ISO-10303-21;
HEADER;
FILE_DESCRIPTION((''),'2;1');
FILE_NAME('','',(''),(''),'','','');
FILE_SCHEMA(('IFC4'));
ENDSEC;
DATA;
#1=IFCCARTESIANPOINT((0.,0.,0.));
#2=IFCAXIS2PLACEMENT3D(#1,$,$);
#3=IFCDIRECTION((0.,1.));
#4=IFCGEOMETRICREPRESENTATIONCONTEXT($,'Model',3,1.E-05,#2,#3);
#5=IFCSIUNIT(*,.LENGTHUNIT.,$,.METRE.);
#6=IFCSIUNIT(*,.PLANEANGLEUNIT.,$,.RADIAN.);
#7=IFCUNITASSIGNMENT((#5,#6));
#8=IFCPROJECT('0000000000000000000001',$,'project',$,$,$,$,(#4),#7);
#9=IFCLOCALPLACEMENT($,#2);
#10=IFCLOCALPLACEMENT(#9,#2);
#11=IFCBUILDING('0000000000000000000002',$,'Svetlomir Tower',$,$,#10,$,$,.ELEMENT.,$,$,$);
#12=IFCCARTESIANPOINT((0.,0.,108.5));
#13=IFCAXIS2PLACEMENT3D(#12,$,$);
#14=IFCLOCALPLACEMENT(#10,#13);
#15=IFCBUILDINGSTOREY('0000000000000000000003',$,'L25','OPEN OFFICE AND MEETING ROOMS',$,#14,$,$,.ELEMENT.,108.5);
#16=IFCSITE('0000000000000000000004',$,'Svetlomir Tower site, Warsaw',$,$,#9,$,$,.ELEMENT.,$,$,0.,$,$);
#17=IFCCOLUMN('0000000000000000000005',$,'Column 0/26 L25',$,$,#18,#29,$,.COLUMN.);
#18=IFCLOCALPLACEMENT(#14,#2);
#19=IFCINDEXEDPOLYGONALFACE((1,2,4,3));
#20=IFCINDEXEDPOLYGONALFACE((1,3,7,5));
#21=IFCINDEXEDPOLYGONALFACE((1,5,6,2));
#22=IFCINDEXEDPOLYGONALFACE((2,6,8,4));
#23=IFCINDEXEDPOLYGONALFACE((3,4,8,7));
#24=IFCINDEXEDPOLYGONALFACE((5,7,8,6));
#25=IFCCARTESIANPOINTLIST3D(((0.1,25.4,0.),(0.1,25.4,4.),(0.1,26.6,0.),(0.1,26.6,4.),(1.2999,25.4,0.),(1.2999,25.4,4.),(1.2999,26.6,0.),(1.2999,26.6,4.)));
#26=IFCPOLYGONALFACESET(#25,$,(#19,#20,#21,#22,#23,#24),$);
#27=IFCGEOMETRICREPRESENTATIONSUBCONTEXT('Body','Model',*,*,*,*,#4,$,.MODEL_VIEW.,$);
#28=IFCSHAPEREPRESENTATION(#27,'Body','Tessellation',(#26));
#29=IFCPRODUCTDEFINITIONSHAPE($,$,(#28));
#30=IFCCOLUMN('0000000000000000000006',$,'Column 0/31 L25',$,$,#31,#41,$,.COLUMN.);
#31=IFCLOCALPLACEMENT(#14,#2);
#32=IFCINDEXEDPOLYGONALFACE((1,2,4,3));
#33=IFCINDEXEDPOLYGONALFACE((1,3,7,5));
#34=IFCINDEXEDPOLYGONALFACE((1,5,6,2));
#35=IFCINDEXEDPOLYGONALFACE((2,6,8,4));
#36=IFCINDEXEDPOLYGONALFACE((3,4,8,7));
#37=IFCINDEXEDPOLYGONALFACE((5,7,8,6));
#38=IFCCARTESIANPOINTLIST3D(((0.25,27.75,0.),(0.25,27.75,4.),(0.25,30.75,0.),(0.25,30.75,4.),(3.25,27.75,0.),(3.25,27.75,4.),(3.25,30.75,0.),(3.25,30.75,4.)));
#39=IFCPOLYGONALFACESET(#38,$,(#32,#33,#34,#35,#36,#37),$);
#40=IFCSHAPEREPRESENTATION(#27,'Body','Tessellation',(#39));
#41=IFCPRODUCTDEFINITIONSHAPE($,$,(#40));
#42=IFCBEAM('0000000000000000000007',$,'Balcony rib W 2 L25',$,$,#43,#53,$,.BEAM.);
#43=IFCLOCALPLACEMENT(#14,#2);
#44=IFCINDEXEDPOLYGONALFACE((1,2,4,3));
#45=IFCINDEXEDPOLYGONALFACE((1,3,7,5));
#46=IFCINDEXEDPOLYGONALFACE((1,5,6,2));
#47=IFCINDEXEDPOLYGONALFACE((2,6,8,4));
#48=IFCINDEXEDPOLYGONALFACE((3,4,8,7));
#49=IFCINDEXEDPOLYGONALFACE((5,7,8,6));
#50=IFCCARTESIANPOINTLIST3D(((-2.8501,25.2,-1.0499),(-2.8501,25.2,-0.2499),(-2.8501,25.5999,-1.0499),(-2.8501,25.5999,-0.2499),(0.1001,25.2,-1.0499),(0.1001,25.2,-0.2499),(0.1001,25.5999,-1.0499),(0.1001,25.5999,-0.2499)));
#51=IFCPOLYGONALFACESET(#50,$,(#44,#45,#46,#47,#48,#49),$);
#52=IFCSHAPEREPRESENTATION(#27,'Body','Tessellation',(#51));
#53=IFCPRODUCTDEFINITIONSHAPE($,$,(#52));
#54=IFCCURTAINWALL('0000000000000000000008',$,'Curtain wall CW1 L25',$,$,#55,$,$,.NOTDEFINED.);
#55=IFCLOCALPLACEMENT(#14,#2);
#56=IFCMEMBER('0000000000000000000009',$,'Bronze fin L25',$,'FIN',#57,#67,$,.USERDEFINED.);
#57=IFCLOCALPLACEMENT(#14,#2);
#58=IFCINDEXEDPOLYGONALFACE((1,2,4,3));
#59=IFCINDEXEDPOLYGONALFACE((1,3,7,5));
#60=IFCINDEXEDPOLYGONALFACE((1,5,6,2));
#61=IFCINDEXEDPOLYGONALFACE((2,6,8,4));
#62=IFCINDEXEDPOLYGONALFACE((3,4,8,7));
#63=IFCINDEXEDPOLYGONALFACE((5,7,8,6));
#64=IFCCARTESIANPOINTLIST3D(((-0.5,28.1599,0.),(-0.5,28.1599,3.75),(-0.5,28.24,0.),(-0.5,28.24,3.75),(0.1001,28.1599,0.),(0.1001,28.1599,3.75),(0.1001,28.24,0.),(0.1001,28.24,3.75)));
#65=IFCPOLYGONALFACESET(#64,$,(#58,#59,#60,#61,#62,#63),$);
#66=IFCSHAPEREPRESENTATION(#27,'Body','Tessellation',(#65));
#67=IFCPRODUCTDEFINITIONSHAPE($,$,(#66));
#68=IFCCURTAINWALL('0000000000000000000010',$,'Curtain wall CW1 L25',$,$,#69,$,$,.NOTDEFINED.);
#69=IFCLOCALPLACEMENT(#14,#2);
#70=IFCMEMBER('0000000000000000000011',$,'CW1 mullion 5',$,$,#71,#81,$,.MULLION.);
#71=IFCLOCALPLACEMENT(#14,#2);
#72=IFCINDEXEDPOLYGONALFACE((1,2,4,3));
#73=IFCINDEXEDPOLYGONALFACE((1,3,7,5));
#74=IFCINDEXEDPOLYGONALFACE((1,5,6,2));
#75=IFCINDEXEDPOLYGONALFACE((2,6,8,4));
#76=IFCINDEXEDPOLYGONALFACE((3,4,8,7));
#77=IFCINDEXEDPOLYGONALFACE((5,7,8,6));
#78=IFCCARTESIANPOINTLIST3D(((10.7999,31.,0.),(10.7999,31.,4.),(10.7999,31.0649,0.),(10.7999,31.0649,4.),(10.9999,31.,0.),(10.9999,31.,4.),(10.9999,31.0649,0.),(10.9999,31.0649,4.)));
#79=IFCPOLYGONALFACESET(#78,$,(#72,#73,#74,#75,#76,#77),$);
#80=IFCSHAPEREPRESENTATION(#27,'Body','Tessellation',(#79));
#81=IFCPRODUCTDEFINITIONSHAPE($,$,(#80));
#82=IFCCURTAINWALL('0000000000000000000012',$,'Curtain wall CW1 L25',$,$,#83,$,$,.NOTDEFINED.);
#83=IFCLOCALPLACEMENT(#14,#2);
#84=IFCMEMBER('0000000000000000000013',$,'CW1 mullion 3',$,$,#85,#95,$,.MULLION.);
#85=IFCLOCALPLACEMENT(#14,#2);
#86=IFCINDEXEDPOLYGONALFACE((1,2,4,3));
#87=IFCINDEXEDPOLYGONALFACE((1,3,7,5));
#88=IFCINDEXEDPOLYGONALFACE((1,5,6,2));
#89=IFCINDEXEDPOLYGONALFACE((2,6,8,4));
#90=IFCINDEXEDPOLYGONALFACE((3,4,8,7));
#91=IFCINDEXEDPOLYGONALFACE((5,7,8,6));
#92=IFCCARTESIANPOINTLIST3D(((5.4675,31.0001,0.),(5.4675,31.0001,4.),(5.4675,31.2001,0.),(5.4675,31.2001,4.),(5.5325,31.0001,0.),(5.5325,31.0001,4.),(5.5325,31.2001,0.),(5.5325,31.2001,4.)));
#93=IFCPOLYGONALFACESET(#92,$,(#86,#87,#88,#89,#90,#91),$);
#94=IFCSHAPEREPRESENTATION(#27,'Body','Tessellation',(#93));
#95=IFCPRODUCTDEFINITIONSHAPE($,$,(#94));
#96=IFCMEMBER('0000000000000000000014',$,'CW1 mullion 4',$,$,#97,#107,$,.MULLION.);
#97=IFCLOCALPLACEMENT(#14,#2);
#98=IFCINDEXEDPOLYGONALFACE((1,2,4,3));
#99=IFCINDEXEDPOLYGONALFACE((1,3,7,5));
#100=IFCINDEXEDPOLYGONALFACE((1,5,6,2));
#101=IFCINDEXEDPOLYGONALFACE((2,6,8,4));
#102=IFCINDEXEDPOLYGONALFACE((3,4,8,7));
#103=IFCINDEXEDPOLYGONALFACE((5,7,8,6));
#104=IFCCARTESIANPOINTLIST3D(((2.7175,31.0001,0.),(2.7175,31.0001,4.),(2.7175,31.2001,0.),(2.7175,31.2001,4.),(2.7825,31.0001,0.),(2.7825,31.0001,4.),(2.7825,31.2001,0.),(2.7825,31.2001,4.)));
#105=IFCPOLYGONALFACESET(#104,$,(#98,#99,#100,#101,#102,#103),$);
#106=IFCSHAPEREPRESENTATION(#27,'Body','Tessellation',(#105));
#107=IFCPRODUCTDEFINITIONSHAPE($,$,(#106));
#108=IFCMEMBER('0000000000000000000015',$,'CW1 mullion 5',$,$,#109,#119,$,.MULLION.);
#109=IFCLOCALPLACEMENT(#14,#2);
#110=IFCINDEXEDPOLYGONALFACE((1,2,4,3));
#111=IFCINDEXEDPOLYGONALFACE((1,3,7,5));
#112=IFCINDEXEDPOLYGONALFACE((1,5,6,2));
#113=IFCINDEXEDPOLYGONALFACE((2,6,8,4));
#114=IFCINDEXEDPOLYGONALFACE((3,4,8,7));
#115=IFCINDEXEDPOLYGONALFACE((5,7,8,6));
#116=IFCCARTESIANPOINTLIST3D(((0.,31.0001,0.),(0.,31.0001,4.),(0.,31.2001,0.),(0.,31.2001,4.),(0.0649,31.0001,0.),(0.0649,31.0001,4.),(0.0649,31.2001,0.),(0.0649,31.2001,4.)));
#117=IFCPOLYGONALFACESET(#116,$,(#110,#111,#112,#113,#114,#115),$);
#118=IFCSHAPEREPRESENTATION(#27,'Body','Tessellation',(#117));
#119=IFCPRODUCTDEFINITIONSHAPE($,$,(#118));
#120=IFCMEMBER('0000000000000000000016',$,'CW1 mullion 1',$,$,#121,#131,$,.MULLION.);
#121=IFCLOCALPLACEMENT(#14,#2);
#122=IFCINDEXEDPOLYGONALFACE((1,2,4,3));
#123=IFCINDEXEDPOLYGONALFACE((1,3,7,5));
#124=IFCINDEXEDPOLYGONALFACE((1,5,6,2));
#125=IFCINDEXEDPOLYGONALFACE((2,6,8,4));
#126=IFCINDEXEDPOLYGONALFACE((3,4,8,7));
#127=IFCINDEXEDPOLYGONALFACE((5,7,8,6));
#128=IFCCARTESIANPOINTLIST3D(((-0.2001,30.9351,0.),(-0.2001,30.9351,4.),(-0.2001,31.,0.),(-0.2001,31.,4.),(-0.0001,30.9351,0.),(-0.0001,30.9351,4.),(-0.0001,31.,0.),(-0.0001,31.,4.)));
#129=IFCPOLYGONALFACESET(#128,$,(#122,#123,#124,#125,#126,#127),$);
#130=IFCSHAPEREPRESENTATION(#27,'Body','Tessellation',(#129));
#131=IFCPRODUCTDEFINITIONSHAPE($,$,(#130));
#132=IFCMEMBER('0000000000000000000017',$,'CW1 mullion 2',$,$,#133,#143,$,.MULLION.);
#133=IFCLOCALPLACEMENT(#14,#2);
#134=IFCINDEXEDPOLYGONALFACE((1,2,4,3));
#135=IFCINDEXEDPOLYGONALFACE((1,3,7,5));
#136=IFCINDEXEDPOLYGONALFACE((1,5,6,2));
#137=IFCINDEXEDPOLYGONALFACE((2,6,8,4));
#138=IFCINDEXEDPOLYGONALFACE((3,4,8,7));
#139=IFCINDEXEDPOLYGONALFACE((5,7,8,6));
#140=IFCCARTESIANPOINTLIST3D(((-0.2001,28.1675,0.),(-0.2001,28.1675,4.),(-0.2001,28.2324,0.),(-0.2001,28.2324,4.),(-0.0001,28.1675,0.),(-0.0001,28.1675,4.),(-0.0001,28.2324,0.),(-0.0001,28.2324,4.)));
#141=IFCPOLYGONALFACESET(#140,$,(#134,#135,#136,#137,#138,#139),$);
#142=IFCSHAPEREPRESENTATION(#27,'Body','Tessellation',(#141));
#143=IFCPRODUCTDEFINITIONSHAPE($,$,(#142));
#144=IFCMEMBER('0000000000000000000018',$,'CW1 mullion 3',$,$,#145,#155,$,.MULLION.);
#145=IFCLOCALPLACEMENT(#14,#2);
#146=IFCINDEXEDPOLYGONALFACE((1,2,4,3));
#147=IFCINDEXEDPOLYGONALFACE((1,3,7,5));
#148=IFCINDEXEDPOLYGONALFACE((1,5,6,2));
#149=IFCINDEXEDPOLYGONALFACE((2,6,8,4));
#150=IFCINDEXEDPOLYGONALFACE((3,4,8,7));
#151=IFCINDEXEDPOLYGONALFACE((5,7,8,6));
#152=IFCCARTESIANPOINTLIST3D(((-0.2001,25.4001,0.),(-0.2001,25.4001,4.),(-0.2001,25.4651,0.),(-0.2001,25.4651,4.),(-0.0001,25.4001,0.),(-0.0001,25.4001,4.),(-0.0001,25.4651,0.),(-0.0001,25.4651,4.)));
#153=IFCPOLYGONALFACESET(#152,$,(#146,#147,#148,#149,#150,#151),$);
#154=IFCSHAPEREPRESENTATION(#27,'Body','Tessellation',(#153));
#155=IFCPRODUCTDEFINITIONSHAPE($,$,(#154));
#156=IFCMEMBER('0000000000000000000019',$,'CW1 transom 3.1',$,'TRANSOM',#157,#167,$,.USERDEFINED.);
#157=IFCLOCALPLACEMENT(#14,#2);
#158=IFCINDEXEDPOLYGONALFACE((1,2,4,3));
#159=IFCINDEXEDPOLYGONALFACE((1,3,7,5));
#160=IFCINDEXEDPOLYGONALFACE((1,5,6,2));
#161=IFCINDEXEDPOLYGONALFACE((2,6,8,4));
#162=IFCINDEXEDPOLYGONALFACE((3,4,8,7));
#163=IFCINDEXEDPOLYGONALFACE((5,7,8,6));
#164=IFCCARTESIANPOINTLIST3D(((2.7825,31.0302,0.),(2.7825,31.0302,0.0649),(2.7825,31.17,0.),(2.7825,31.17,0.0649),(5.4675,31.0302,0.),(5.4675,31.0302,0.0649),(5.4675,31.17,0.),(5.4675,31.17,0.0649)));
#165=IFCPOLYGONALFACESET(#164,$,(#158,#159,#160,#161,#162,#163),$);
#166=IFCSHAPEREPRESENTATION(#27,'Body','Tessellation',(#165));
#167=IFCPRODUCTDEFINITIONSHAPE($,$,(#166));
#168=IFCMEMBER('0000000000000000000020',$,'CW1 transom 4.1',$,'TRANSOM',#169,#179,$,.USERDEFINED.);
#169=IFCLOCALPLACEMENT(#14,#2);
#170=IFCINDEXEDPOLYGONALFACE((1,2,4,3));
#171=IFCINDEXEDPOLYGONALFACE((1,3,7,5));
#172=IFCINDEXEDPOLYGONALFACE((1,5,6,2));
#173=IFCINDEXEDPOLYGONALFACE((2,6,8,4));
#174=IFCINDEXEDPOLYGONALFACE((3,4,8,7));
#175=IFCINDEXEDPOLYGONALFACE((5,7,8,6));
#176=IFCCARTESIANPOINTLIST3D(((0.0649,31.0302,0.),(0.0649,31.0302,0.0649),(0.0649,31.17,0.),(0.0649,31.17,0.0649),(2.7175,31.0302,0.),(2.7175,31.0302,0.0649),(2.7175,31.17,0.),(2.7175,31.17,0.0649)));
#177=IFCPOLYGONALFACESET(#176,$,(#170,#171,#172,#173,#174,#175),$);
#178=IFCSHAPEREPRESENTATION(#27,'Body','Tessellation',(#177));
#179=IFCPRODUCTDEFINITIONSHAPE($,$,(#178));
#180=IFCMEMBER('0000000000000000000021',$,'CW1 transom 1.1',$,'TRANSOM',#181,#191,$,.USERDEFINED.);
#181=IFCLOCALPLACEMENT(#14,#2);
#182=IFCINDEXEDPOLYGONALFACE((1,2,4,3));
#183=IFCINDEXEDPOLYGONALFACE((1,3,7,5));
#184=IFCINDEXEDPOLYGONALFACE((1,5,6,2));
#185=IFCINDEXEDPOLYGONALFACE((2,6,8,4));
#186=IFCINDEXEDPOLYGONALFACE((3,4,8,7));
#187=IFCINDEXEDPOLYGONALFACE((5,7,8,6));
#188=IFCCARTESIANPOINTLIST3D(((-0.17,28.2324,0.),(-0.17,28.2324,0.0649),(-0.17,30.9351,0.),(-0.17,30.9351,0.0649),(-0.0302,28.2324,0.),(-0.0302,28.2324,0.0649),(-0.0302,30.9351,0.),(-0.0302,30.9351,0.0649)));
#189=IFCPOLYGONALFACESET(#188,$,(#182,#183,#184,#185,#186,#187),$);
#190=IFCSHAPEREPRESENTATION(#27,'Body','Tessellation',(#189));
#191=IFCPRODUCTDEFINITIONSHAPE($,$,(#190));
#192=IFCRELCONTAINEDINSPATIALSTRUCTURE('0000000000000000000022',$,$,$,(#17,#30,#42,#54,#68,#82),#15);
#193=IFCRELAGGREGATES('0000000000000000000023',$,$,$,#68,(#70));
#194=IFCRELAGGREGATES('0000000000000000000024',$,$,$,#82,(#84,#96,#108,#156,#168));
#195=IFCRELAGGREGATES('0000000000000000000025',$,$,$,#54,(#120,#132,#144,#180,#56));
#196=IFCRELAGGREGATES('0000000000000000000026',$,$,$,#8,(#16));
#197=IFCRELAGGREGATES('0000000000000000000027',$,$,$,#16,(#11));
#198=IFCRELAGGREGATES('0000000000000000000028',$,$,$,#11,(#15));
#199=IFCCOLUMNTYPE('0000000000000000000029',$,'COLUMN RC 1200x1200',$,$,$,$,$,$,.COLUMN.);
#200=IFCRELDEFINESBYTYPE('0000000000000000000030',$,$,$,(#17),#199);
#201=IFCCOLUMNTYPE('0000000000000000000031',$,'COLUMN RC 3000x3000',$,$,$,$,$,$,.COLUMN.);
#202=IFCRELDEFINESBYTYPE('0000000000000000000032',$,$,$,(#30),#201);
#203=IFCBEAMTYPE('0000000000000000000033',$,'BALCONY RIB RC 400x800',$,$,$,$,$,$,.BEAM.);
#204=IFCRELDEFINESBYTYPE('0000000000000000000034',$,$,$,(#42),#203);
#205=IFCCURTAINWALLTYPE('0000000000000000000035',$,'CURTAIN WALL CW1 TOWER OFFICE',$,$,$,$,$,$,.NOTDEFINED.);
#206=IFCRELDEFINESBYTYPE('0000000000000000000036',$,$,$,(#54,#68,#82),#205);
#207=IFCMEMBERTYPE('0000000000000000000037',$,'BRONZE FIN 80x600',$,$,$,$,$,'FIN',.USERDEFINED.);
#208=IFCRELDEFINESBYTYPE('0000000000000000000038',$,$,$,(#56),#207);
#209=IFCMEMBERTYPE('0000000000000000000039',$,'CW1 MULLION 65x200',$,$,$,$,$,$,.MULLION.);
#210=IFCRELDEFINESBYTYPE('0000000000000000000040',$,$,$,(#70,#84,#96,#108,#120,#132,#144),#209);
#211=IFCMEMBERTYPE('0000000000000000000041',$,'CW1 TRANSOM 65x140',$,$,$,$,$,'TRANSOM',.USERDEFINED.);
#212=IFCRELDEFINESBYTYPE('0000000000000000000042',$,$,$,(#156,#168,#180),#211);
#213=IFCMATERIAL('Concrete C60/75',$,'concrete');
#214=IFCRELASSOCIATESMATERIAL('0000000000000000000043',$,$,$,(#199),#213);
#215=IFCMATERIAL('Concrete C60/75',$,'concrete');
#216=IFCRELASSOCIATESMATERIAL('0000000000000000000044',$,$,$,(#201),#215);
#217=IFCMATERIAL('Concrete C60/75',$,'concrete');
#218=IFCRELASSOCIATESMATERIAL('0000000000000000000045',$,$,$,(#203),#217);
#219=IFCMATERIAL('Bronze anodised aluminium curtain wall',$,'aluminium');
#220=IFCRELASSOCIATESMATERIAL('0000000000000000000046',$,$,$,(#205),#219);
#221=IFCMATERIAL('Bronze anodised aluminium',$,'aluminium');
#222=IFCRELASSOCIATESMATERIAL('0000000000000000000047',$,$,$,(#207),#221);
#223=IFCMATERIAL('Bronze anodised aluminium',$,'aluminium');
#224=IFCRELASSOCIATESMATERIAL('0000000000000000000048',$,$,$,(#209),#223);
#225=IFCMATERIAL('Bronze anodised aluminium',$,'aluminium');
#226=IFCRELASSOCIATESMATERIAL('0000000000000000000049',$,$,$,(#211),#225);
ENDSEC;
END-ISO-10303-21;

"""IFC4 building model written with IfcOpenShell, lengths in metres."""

from ifc_helpers import new_model, si_unit, direction, frame, origin, origin_2d, place, context, subcontext, project, spatial, rectangle, extrude, material, material_profile, profile_set, type_object, element, aggregate, save


model = new_model("IFC4")

# Units and contexts
model_context = context("Model", 3, precision=1e-05, world=origin(), true_north=direction((0.0, 1.0)))
body_context = subcontext(model_context, "Body", "Model", "MODEL_VIEW")
ifc_project = project(units=[si_unit("LENGTHUNIT", "METRE"), si_unit("PLANEANGLEUNIT", "RADIAN")], contexts=[model_context])

# Site, building, storey
site_placement = place(None, origin())
site = spatial("IfcSite", under=ifc_project, at=site_placement, Name="Svetlomir Tower site, Warsaw", CompositionType="ELEMENT", RefElevation=0.0)
building_placement = place(site_placement, origin())
building = spatial("IfcBuilding", under=site, at=building_placement, Name="Svetlomir Tower", CompositionType="ELEMENT")
storey_placement = place(building_placement, frame((0.0, 0.0, 108.5)))
storey = spatial("IfcBuildingStorey", under=building, at=storey_placement, Name="L25", Description="OPEN OFFICE AND MEETING ROOMS", CompositionType="ELEMENT", Elevation=108.5)

# Columns
ifc_material_1 = material(Name="Concrete C60/75", Category="concrete")
ifc_material_profile_1 = material_profile(ifc_material_1, rectangle(XDim=1.2, YDim=1.2, at=origin_2d()), Name="RC 1200x1200")
ifc_profile_set_1 = profile_set([ifc_material_profile_1], Name="Concrete C60/75")
column_type_1 = type_object("IfcColumnType", Name="COLUMN RC 1200x1200", PredefinedType="COLUMN", material=ifc_profile_set_1)
column_1_placement = place(storey_placement, frame((0.7, 26.0, 0.0), z_axis=(0.0, 0.0, 1.0), x_axis=(1.0, 0.0, 0.0)))
element("IfcColumn", 1, at=column_1_placement, inside=storey, type_object=column_type_1, Name="Column 0/26 L25", PredefinedType="COLUMN", context=body_context, shape_type="SweptSolid", body=[
    extrude(rectangle(XDim=1.2, YDim=1.2, at=origin_2d()), origin(), (0.0, 0.0, 1.0), 4.0),
])
ifc_material_2 = material(Name="Concrete C60/75", Category="concrete")
ifc_material_profile_2 = material_profile(ifc_material_2, rectangle(XDim=3.0, YDim=3.0, at=origin_2d()), Name="RC 3000x3000")
ifc_profile_set_2 = profile_set([ifc_material_profile_2], Name="Concrete C60/75")
column_type_2 = type_object("IfcColumnType", Name="COLUMN RC 3000x3000", PredefinedType="COLUMN", material=ifc_profile_set_2)
column_2_placement = place(storey_placement, frame((1.75, 29.25, 0.0), z_axis=(0.0, 0.0, 1.0), x_axis=(1.0, 0.0, 0.0)))
element("IfcColumn", 2, at=column_2_placement, inside=storey, type_object=column_type_2, Name="Column 0/31 L25", PredefinedType="COLUMN", context=body_context, shape_type="SweptSolid", body=[
    extrude(rectangle(XDim=3.0, YDim=3.0, at=origin_2d()), origin(), (0.0, 0.0, 1.0), 4.0),
])

# Beam
ifc_material_3 = material(Name="Concrete C60/75", Category="concrete")
ifc_material_profile_3 = material_profile(ifc_material_3, rectangle(XDim=0.3999, YDim=0.8, at=origin_2d()), Name="RC 400x800")
ifc_profile_set_3 = profile_set([ifc_material_profile_3], Name="Concrete C60/75")
beam_type_1 = type_object("IfcBeamType", Name="BALCONY RIB RC 400x800", PredefinedType="BEAM", material=ifc_profile_set_3)
beam_1_placement = place(storey_placement, frame((0.1001, 25.3999, -0.6499), z_axis=(-1.0, 0.0, 0.0), x_axis=(0.0, -1.0, 0.0)))
element("IfcBeam", 3, at=beam_1_placement, inside=storey, type_object=beam_type_1, Name="Balcony rib W 2 L25", PredefinedType="BEAM", context=body_context, shape_type="SweptSolid", body=[
    extrude(rectangle(XDim=0.3999, YDim=0.8, at=origin_2d()), origin(), (0.0, 0.0, 1.0), 2.9502),
])

# Curtain walls, members
ifc_material_4 = material(Name="Bronze anodised aluminium curtain wall", Category="aluminium")
curtain_wall_type = type_object("IfcCurtainWallType", Name="CURTAIN WALL CW1 TOWER OFFICE", PredefinedType="NOTDEFINED", material=ifc_material_4)
curtain_wall_1_placement = place(storey_placement, origin())
curtain_wall_1 = element("IfcCurtainWall", 4, at=curtain_wall_1_placement, inside=storey, type_object=curtain_wall_type, Name="Curtain wall CW1 L25", PredefinedType="NOTDEFINED")
ifc_material_5 = material(Name="Bronze anodised aluminium", Category="aluminium")
ifc_material_profile_4 = material_profile(ifc_material_5, rectangle(XDim=0.0801, YDim=0.6001, at=origin_2d()), Name="FIN 80x600")
ifc_profile_set_4 = profile_set([ifc_material_profile_4], Name="Bronze anodised aluminium 6063-T6")
member_type_1 = type_object("IfcMemberType", Name="BRONZE FIN 80x600", ElementType="FIN", PredefinedType="USERDEFINED", material=ifc_profile_set_4)
member_1_placement = place(storey_placement, frame((-0.2, 28.2, 0.0), z_axis=(0.0, 0.0, 1.0), x_axis=(0.0, 1.0, 0.0)))
member_1 = element("IfcMember", 5, at=member_1_placement, type_object=member_type_1, Name="Bronze fin L25", ObjectType="FIN", PredefinedType="USERDEFINED", context=body_context, shape_type="SweptSolid", body=[
    extrude(rectangle(XDim=0.0801, YDim=0.6001, at=origin_2d()), origin(), (0.0, 0.0, 1.0), 3.75),
])
curtain_wall_2_placement = place(storey_placement, origin())
curtain_wall_2 = element("IfcCurtainWall", 6, at=curtain_wall_2_placement, inside=storey, type_object=curtain_wall_type, Name="Curtain wall CW1 L25", PredefinedType="NOTDEFINED")
ifc_material_6 = material(Name="Bronze anodised aluminium", Category="aluminium")
ifc_material_profile_5 = material_profile(ifc_material_6, rectangle(XDim=0.0649, YDim=0.2, at=origin_2d()), Name="AL 65x200")
ifc_profile_set_5 = profile_set([ifc_material_profile_5], Name="Bronze anodised aluminium 6063-T6")
member_type_2 = type_object("IfcMemberType", Name="CW1 MULLION 65x200", PredefinedType="MULLION", material=ifc_profile_set_5)
member_2_placement = place(storey_placement, frame((10.8999, 31.0325, 0.0), z_axis=(0.0, 0.0, 1.0), x_axis=(0.0, -1.0, 0.0)))
member_2 = element("IfcMember", 7, at=member_2_placement, type_object=member_type_2, Name="CW1 mullion 5", PredefinedType="MULLION", context=body_context, shape_type="SweptSolid", body=[
    extrude(rectangle(XDim=0.0649, YDim=0.2, at=origin_2d()), origin(), (0.0, 0.0, 1.0), 4.0),
])
aggregate(curtain_wall_2, [member_2])

# Curtain wall, members
curtain_wall_3_placement = place(storey_placement, origin())
curtain_wall_3 = element("IfcCurtainWall", 8, at=curtain_wall_3_placement, inside=storey, type_object=curtain_wall_type, Name="Curtain wall CW1 L25", PredefinedType="NOTDEFINED")
member_3_placement = place(storey_placement, frame((5.5, 31.1001, 0.0), z_axis=(0.0, 0.0, 1.0), x_axis=(-1.0, 0.0, 0.0)))
member_3 = element("IfcMember", 9, at=member_3_placement, type_object=member_type_2, Name="CW1 mullion 3", PredefinedType="MULLION", context=body_context, shape_type="SweptSolid", body=[
    extrude(rectangle(XDim=0.0649, YDim=0.2, at=origin_2d()), origin(), (0.0, 0.0, 1.0), 4.0),
])
member_4_placement = place(storey_placement, frame((2.75, 31.1001, 0.0), z_axis=(0.0, 0.0, 1.0), x_axis=(-1.0, 0.0, 0.0)))
member_4 = element("IfcMember", 10, at=member_4_placement, type_object=member_type_2, Name="CW1 mullion 4", PredefinedType="MULLION", context=body_context, shape_type="SweptSolid", body=[
    extrude(rectangle(XDim=0.0649, YDim=0.2, at=origin_2d()), origin(), (0.0, 0.0, 1.0), 4.0),
])
member_5_placement = place(storey_placement, frame((0.0325, 31.1001, 0.0), z_axis=(0.0, 0.0, 1.0), x_axis=(-1.0, 0.0, 0.0)))
member_5 = element("IfcMember", 11, at=member_5_placement, type_object=member_type_2, Name="CW1 mullion 5", PredefinedType="MULLION", context=body_context, shape_type="SweptSolid", body=[
    extrude(rectangle(XDim=0.0649, YDim=0.2, at=origin_2d()), origin(), (0.0, 0.0, 1.0), 4.0),
])

# Members
member_6_placement = place(storey_placement, frame((-0.1001, 30.9675, 0.0), z_axis=(0.0, 0.0, 1.0), x_axis=(0.0, -1.0, 0.0)))
member_6 = element("IfcMember", 12, at=member_6_placement, type_object=member_type_2, Name="CW1 mullion 1", PredefinedType="MULLION", context=body_context, shape_type="SweptSolid", body=[
    extrude(rectangle(XDim=0.0649, YDim=0.2, at=origin_2d()), origin(), (0.0, 0.0, 1.0), 4.0),
])
member_7_placement = place(storey_placement, frame((-0.1001, 28.2, 0.0), z_axis=(0.0, 0.0, 1.0), x_axis=(0.0, -1.0, 0.0)))
member_7 = element("IfcMember", 13, at=member_7_placement, type_object=member_type_2, Name="CW1 mullion 2", PredefinedType="MULLION", context=body_context, shape_type="SweptSolid", body=[
    extrude(rectangle(XDim=0.0649, YDim=0.2, at=origin_2d()), origin(), (0.0, 0.0, 1.0), 4.0),
])
member_8_placement = place(storey_placement, frame((-0.1001, 25.4326, 0.0), z_axis=(0.0, 0.0, 1.0), x_axis=(0.0, -1.0, 0.0)))
member_8 = element("IfcMember", 14, at=member_8_placement, type_object=member_type_2, Name="CW1 mullion 3", PredefinedType="MULLION", context=body_context, shape_type="SweptSolid", body=[
    extrude(rectangle(XDim=0.0649, YDim=0.2, at=origin_2d()), origin(), (0.0, 0.0, 1.0), 4.0),
])
ifc_material_7 = material(Name="Bronze anodised aluminium", Category="aluminium")
ifc_material_profile_6 = material_profile(ifc_material_7, rectangle(XDim=0.1399, YDim=0.0649, at=origin_2d()), Name="AL 140x65")
ifc_profile_set_6 = profile_set([ifc_material_profile_6], Name="Bronze anodised aluminium 6063-T6")
member_type_3 = type_object("IfcMemberType", Name="CW1 TRANSOM 65x140", ElementType="TRANSOM", PredefinedType="USERDEFINED", material=ifc_profile_set_6)
member_9_placement = place(storey_placement, frame((5.4675, 31.1001, 0.0325), z_axis=(-1.0, 0.0, 0.0), x_axis=(0.0, -1.0, 0.0)))
member_9 = element("IfcMember", 15, at=member_9_placement, type_object=member_type_3, Name="CW1 transom 3.1", ObjectType="TRANSOM", PredefinedType="USERDEFINED", context=body_context, shape_type="SweptSolid", body=[
    extrude(rectangle(XDim=0.1399, YDim=0.0649, at=origin_2d()), origin(), (0.0, 0.0, 1.0), 2.6851),
])
member_10_placement = place(storey_placement, frame((2.7175, 31.1001, 0.0325), z_axis=(-1.0, 0.0, 0.0), x_axis=(0.0, -1.0, 0.0)))
member_10 = element("IfcMember", 16, at=member_10_placement, type_object=member_type_3, Name="CW1 transom 4.1", ObjectType="TRANSOM", PredefinedType="USERDEFINED", context=body_context, shape_type="SweptSolid", body=[
    extrude(rectangle(XDim=0.1399, YDim=0.0649, at=origin_2d()), origin(), (0.0, 0.0, 1.0), 2.6526),
])
member_11_placement = place(storey_placement, frame((-0.1001, 30.9351, 0.0325), z_axis=(0.0, -1.0, 0.0), x_axis=(1.0, 0.0, 0.0)))
member_11 = element("IfcMember", 17, at=member_11_placement, type_object=member_type_3, Name="CW1 transom 1.1", ObjectType="TRANSOM", PredefinedType="USERDEFINED", context=body_context, shape_type="SweptSolid", body=[
    extrude(rectangle(XDim=0.1399, YDim=0.0649, at=origin_2d()), origin(), (0.0, 0.0, 1.0), 2.7026),
])

aggregate(curtain_wall_3, [member_3, member_4, member_5, member_9, member_10])
aggregate(curtain_wall_1, [member_6, member_7, member_8, member_11, member_1])

save(model, "model.ifc")
